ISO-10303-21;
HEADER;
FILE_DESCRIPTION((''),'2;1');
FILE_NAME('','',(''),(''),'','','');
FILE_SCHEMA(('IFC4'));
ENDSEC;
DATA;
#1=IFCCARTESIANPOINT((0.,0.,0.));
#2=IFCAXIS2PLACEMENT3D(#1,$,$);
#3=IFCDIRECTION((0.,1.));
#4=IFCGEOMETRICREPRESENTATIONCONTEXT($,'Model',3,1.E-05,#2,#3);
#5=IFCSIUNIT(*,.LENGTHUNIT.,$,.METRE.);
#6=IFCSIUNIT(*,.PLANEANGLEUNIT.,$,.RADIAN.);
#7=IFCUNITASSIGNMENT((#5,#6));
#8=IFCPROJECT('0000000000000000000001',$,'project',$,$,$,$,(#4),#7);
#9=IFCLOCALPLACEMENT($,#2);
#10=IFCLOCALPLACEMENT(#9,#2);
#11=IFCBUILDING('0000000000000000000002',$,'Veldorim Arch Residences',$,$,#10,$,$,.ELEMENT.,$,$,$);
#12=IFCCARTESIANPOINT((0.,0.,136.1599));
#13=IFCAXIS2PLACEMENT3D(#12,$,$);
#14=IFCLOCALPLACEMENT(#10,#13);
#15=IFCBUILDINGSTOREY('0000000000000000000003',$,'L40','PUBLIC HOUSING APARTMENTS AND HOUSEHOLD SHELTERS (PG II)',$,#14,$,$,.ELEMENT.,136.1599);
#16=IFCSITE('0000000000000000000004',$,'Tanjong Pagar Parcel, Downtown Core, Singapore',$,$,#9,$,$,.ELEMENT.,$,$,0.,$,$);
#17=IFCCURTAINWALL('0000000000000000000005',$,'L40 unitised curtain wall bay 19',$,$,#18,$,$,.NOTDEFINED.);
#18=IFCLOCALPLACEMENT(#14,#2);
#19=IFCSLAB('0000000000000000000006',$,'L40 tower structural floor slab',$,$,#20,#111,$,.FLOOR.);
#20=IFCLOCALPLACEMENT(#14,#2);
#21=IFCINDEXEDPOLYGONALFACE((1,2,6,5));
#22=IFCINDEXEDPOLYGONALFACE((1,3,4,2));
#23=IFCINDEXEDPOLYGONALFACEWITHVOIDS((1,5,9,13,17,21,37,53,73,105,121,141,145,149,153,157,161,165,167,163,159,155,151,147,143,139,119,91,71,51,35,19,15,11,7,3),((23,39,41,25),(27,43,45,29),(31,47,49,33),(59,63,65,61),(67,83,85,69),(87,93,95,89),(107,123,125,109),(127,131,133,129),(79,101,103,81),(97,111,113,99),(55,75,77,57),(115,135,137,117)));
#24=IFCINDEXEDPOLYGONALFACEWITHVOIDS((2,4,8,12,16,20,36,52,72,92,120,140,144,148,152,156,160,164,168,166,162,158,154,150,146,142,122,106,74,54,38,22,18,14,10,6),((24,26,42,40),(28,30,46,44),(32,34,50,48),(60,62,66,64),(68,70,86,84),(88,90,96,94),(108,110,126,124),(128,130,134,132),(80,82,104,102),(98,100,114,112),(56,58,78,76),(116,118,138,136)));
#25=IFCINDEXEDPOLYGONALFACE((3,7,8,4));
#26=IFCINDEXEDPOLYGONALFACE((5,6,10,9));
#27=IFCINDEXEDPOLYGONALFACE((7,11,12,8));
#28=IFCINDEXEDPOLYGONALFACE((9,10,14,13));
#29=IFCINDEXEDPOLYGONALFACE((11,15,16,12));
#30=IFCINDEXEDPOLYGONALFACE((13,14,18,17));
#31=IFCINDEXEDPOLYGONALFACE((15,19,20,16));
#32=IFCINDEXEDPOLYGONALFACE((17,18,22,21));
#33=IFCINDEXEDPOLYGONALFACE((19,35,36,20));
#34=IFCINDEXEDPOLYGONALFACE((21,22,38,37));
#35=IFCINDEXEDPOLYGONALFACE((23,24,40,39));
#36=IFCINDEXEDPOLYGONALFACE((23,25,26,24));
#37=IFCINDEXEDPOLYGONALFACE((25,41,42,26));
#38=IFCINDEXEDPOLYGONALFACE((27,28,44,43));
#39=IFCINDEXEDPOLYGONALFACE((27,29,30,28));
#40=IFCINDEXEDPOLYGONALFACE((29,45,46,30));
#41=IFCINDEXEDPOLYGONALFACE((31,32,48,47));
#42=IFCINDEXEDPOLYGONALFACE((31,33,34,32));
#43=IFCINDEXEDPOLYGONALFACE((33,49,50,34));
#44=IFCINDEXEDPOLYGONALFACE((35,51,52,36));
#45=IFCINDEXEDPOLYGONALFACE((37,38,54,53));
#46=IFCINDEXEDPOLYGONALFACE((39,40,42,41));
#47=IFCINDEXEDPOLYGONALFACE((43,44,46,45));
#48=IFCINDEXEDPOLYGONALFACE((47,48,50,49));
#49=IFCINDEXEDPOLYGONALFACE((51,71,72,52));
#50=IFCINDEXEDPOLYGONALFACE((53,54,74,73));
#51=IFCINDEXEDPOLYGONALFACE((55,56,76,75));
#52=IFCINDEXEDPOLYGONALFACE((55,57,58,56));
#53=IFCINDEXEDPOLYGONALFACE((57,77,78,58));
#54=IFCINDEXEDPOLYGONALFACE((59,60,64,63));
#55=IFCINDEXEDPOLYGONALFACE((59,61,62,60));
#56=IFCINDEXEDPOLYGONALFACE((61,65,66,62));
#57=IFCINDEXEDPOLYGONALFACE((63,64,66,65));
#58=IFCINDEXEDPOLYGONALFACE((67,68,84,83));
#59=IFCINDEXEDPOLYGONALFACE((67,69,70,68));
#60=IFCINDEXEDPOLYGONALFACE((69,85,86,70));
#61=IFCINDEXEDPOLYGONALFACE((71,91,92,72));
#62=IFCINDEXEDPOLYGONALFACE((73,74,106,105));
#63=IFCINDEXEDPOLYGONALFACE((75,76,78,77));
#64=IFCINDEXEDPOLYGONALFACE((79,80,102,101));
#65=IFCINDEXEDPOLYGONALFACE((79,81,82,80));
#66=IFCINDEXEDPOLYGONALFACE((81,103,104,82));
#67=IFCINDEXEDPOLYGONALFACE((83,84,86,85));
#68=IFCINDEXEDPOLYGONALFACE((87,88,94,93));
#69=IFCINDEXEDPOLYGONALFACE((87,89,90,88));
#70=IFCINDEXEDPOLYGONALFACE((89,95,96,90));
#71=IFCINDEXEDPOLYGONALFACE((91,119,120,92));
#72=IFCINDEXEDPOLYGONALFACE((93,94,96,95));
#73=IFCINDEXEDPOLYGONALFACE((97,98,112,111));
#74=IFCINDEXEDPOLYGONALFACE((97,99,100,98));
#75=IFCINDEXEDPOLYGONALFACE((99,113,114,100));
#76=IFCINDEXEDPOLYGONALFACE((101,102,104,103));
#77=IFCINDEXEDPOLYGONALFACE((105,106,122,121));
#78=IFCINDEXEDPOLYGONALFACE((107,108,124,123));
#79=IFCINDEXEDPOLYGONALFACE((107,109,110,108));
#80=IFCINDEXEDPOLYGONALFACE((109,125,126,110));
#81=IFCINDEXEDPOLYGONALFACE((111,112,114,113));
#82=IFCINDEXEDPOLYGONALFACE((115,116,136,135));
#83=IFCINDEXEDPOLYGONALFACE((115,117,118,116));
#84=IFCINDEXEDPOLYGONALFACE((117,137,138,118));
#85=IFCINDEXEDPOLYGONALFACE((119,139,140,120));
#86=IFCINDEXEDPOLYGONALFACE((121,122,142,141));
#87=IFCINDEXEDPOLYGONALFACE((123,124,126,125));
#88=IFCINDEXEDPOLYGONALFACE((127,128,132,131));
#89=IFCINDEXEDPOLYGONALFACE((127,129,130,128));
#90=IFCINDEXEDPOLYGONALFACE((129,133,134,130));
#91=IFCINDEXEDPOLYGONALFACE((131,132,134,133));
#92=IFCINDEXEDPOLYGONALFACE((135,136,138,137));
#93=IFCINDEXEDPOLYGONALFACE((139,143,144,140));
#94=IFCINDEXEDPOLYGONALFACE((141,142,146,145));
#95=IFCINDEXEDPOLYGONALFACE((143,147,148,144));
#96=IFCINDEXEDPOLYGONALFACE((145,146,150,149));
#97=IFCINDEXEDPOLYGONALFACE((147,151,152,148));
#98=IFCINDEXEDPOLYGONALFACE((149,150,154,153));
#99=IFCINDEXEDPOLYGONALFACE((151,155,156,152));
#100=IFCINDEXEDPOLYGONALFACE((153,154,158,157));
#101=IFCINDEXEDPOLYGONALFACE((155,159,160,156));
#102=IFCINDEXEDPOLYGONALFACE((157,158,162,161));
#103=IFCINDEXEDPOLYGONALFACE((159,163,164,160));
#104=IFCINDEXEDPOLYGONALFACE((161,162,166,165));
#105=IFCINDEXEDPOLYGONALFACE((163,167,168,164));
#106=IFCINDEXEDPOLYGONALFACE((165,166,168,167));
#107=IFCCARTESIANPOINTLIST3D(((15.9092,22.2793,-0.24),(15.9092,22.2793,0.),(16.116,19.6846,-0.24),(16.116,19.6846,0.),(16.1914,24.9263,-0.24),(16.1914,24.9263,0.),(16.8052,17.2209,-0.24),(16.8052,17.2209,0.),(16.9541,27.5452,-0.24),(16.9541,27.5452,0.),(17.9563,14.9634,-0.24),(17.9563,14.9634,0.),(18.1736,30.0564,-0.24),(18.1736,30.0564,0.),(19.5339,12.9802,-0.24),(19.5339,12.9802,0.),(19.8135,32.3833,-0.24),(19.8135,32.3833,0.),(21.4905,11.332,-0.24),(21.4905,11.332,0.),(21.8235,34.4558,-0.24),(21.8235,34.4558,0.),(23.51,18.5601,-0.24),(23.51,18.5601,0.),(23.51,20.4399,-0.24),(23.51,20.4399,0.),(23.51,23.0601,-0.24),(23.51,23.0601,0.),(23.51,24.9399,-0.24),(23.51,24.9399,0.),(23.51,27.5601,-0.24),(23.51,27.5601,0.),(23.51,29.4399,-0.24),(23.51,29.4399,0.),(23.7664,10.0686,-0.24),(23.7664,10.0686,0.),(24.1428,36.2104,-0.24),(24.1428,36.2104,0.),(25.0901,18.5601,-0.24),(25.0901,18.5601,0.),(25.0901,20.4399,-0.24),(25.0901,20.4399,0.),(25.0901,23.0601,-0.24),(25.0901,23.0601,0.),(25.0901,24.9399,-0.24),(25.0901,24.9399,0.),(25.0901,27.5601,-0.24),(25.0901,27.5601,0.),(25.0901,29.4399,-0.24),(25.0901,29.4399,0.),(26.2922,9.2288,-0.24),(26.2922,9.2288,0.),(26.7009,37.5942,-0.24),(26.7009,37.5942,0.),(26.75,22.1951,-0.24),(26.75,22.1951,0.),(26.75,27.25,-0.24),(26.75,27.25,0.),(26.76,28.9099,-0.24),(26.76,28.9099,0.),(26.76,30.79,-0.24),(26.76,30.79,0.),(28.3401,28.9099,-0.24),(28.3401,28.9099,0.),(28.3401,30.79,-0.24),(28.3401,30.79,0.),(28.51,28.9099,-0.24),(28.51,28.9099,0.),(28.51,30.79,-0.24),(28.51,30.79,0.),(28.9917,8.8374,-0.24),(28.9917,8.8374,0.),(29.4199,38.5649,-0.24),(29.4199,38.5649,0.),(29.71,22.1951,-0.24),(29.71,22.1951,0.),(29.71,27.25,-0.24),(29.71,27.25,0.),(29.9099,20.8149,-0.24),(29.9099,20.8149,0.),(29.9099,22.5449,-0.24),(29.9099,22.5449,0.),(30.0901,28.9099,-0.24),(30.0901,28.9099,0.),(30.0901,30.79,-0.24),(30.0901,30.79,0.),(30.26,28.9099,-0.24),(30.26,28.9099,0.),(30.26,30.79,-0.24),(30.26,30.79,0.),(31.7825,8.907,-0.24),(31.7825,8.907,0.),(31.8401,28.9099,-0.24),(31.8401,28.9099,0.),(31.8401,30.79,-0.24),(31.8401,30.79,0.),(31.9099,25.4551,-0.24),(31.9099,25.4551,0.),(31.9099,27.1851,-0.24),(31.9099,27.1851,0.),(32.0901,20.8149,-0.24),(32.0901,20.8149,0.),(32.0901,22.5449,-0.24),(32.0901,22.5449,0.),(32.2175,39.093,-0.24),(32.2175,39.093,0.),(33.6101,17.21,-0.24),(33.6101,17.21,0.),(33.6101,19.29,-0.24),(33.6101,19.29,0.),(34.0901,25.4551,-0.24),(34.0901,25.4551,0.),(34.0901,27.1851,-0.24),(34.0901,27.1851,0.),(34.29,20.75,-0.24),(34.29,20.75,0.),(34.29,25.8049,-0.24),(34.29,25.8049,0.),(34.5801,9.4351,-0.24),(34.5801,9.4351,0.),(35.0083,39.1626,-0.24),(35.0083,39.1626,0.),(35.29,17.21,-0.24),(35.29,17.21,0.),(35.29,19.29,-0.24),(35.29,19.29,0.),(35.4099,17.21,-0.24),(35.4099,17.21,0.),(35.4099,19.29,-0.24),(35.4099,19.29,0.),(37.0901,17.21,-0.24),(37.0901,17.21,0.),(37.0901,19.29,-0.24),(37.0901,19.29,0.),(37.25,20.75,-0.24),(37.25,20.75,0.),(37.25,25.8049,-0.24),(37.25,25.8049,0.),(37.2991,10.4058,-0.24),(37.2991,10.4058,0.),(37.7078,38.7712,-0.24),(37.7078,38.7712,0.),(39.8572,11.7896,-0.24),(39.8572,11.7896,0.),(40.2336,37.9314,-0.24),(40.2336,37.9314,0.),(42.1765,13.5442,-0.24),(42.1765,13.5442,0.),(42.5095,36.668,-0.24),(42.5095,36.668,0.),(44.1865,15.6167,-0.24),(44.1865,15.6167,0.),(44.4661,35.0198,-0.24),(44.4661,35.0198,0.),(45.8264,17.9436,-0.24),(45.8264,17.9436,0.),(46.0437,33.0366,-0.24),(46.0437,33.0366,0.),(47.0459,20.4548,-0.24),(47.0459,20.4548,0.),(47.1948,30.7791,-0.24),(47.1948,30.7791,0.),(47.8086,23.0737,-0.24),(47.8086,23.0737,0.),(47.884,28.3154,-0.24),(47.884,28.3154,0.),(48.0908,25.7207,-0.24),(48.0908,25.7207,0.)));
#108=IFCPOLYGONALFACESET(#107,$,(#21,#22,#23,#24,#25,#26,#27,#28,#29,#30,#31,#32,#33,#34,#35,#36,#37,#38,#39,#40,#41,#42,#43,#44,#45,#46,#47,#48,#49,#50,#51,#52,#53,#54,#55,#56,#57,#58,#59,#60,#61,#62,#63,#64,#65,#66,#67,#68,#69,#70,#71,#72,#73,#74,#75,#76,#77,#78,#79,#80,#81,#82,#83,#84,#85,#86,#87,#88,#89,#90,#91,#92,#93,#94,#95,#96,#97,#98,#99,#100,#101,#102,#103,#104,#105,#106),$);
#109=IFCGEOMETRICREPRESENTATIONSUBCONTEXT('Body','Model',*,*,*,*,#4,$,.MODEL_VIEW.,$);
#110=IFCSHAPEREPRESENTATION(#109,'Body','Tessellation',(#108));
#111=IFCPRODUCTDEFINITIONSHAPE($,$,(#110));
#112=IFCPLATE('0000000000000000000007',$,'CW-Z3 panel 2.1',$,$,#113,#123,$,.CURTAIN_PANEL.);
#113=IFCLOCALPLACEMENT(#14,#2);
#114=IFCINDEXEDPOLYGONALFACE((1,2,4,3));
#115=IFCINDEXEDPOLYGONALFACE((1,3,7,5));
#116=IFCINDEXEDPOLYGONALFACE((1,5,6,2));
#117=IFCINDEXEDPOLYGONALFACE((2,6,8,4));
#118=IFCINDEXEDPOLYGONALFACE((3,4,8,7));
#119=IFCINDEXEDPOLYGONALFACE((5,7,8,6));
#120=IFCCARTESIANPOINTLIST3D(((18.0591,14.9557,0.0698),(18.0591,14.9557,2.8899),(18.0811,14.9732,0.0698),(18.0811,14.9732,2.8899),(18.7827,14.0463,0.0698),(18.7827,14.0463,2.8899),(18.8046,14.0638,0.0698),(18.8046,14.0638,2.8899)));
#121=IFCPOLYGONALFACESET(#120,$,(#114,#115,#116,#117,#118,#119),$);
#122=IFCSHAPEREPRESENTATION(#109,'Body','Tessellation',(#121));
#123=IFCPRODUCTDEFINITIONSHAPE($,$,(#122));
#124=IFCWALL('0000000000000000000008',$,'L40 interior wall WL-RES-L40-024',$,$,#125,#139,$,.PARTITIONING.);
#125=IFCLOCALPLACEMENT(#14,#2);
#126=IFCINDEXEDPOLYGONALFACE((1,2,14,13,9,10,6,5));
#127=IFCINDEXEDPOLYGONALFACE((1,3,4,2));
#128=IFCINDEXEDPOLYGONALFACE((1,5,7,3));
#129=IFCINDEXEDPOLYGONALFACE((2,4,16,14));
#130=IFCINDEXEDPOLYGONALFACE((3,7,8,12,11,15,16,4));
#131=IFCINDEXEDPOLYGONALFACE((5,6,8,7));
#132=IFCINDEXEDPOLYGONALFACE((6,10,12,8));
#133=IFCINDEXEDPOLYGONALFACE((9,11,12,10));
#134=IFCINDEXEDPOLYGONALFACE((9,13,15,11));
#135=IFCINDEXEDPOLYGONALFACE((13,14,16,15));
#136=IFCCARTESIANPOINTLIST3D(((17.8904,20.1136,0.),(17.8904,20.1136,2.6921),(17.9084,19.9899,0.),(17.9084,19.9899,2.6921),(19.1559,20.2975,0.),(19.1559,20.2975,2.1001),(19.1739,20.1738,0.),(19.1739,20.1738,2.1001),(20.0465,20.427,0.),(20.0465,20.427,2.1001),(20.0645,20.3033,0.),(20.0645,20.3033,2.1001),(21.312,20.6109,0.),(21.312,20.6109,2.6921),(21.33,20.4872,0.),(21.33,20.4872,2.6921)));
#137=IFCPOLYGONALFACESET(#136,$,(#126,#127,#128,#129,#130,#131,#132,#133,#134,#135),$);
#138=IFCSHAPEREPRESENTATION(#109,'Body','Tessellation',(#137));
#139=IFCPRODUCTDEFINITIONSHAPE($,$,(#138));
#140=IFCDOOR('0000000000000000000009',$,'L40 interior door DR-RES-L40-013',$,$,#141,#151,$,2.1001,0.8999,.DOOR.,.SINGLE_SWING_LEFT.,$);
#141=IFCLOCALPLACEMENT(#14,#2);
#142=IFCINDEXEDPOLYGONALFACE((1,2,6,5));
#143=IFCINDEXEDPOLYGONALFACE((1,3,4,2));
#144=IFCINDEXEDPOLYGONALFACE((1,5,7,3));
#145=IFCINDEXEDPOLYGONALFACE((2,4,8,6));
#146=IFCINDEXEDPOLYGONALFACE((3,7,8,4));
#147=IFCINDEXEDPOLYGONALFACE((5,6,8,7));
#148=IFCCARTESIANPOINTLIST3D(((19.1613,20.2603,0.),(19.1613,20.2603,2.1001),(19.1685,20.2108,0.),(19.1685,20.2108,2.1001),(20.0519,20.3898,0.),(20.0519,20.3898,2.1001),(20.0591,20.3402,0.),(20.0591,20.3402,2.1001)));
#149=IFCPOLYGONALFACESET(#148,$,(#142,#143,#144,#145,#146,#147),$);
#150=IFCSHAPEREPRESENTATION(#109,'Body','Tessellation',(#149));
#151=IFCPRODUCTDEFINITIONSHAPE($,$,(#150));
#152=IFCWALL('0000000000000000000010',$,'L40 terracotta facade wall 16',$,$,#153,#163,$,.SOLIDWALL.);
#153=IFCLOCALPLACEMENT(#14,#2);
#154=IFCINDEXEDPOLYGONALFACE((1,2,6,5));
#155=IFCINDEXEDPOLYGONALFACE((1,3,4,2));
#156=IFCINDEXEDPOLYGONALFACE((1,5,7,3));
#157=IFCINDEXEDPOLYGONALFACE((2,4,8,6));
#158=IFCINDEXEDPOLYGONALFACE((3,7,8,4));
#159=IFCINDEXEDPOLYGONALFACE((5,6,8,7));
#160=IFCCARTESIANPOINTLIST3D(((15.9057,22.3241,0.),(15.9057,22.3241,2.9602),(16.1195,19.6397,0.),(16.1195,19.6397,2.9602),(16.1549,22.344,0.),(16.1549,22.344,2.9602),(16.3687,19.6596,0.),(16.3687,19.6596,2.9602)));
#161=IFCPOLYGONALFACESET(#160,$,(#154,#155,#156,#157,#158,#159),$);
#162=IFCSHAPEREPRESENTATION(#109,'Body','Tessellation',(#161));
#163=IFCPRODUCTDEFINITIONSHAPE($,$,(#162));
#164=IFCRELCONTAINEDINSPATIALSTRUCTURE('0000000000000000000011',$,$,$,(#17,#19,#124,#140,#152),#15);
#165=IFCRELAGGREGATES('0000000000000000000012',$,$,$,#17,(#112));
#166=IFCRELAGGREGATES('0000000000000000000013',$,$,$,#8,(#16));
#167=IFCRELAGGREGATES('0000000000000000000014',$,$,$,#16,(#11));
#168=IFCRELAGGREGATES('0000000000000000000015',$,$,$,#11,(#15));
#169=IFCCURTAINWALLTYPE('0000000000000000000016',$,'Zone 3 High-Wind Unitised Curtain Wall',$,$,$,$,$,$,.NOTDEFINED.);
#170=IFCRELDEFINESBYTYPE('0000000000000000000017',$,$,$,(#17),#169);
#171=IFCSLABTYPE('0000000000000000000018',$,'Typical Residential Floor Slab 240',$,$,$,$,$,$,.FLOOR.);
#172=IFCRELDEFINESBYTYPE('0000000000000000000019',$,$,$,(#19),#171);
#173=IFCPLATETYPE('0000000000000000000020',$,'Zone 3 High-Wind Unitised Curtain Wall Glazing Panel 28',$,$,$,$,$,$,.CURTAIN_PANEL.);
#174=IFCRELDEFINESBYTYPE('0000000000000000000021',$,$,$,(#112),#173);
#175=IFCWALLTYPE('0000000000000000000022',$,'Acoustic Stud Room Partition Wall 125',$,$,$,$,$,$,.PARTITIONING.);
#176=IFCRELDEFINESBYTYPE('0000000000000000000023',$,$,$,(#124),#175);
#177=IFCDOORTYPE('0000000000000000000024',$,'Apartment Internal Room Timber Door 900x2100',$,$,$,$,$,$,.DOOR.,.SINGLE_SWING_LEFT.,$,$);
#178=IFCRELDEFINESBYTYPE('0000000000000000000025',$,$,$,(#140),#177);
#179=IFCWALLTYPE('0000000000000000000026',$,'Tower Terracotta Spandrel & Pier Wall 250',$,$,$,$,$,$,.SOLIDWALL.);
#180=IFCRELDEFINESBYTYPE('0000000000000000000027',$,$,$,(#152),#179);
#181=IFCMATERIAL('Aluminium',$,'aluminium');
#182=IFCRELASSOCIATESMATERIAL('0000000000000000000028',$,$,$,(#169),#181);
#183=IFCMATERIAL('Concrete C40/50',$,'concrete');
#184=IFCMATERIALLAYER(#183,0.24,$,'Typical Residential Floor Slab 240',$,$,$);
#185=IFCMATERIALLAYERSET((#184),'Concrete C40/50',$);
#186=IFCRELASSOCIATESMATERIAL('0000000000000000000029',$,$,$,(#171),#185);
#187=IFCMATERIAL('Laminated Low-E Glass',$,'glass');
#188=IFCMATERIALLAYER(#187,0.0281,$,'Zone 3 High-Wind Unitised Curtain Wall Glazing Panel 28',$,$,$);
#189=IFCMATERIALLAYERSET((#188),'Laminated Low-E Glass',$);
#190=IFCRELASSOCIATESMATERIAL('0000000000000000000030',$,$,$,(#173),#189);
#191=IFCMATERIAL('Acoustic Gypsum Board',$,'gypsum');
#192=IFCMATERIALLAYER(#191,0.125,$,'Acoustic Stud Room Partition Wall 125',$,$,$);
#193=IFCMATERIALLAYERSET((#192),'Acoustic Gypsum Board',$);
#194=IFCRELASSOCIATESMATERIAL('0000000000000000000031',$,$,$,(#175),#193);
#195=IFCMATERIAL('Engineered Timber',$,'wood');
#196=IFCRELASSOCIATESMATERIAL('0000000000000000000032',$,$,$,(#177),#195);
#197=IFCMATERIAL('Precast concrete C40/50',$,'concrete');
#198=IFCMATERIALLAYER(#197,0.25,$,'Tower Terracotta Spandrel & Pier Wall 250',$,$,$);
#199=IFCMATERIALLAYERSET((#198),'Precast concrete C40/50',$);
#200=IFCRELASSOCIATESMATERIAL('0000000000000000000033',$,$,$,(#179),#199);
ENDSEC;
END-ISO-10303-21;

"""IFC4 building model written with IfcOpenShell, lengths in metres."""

from ifc_helpers import new_model, si_unit, direction, frame, frame_2d, origin, origin_2d, place, context, subcontext, project, spatial, polyline, rectangle, outline, extrude, material, layer, layer_set, type_object, element, fill, aggregate, save


model = new_model("IFC4")

# Units and contexts
model_context = context("Model", 3, precision=1e-05, world=origin(), true_north=direction((0.0, 1.0)))
body_context = subcontext(model_context, "Body", "Model", "MODEL_VIEW")
ifc_project = project(units=[si_unit("LENGTHUNIT", "METRE"), si_unit("PLANEANGLEUNIT", "RADIAN")], contexts=[model_context])

# Site, building, storey
site_placement = place(None, origin())
site = spatial("IfcSite", under=ifc_project, at=site_placement, Name="Tanjong Pagar Parcel, Downtown Core, Singapore", CompositionType="ELEMENT", RefElevation=0.0)
building_placement = place(site_placement, origin())
building = spatial("IfcBuilding", under=site, at=building_placement, Name="Veldorim Arch Residences", CompositionType="ELEMENT")
storey_placement = place(building_placement, frame((0.0, 0.0, 136.1599)))
storey = spatial("IfcBuildingStorey", under=building, at=storey_placement, Name="L40", Description="PUBLIC HOUSING APARTMENTS AND HOUSEHOLD SHELTERS (PG II)", CompositionType="ELEMENT", Elevation=136.1599)

# Curtain wall
ifc_material_1 = material(Name="Aluminium", Category="aluminium")
curtain_wall_type = type_object("IfcCurtainWallType", Name="Zone 3 High-Wind Unitised Curtain Wall", PredefinedType="NOTDEFINED", material=ifc_material_1)
curtain_wall_placement = place(storey_placement, origin())
curtain_wall = element("IfcCurtainWall", 1, at=curtain_wall_placement, inside=storey, type_object=curtain_wall_type, Name="L40 unitised curtain wall bay 19", PredefinedType="NOTDEFINED")

# Slab
ifc_material_2 = material(Name="Concrete C40/50", Category="concrete")
ifc_layer_1 = layer(ifc_material_2, 0.24, Name="Typical Residential Floor Slab 240")
ifc_layer_set_1 = layer_set([ifc_layer_1], Name="Concrete C40/50")
slab_type_1 = type_object("IfcSlabType", Name="Typical Residential Floor Slab 240", PredefinedType="FLOOR", material=ifc_layer_set_1)
slab_1_placement = place(storey_placement, frame((0.0, 0.0, -0.24)))
element("IfcSlab", 2, at=slab_1_placement, inside=storey, type_object=slab_type_1, Name="L40 tower structural floor slab", PredefinedType="FLOOR", context=body_context, shape_type="SweptSolid", body=[
    extrude(outline(polyline([(46.0437, 33.0366), (44.4661, 35.0198), (42.5095, 36.668), (40.2336, 37.9314), (37.7078, 38.7712), (35.0083, 39.1626), (32.2175, 39.093), (29.4199, 38.5649), (26.7009, 37.5942), (24.1428, 36.2104), (21.8235, 34.4558), (19.8135, 32.3833), (18.1736, 30.0564), (16.9541, 27.5452), (16.1914, 24.9263), (15.9092, 22.2793), (16.116, 19.6846), (16.8052, 17.2209), (17.9563, 14.9634), (19.5339, 12.9802), (21.4905, 11.332), (23.7664, 10.0686), (26.2922, 9.2288), (28.9917, 8.8374), (31.7825, 8.907), (34.5801, 9.4351), (37.2991, 10.4058), (39.8572, 11.7896), (42.1765, 13.5442), (44.1865, 15.6167), (45.8264, 17.9436), (47.0459, 20.4548), (47.8086, 23.0737), (48.0908, 25.7207), (47.884, 28.3154), (47.1948, 30.7791), (46.0437, 33.0366)]), holes=[polyline([(23.51, 18.5601), (23.51, 20.4399), (25.0901, 20.4399), (25.0901, 18.5601), (23.51, 18.5601)]), polyline([(23.51, 24.9399), (25.0901, 24.9399), (25.0901, 23.0601), (23.51, 23.0601), (23.51, 24.9399)]), polyline([(26.75, 27.25), (29.71, 27.25), (29.71, 22.1951), (26.75, 22.1951), (26.75, 27.25)]), polyline([(23.51, 27.5601), (23.51, 29.4399), (25.0901, 29.4399), (25.0901, 27.5601), (23.51, 27.5601)]), polyline([(26.76, 30.79), (28.3401, 30.79), (28.3401, 28.9099), (26.76, 28.9099), (26.76, 30.79)]), polyline([(28.51, 30.79), (30.0901, 30.79), (30.0901, 28.9099), (28.51, 28.9099), (28.51, 30.79)]), polyline([(33.6101, 17.21), (33.6101, 19.29), (35.29, 19.29), (35.29, 17.21), (33.6101, 17.21)]), polyline([(35.4099, 19.29), (37.0901, 19.29), (37.0901, 17.21), (35.4099, 17.21), (35.4099, 19.29)]), polyline([(29.9099, 22.5449), (32.0901, 22.5449), (32.0901, 20.8149), (29.9099, 20.8149), (29.9099, 22.5449)]), polyline([(34.29, 20.75), (34.29, 25.8049), (37.25, 25.8049), (37.25, 20.75), (34.29, 20.75)]), polyline([(31.9099, 27.1851), (34.0901, 27.1851), (34.0901, 25.4551), (31.9099, 25.4551), (31.9099, 27.1851)]), polyline([(30.26, 30.79), (31.8401, 30.79), (31.8401, 28.9099), (30.26, 28.9099), (30.26, 30.79)])]), origin(), (0.0, 0.0, 1.0), 0.24),
])

# Plate
ifc_material_3 = material(Name="Laminated Low-E Glass", Category="glass")
ifc_layer_2 = layer(ifc_material_3, 0.0281, Name="Zone 3 High-Wind Unitised Curtain Wall Glazing Panel 28")
ifc_layer_set_2 = layer_set([ifc_layer_2], Name="Laminated Low-E Glass")
plate_type = type_object("IfcPlateType", Name="Zone 3 High-Wind Unitised Curtain Wall Glazing Panel 28", PredefinedType="CURTAIN_PANEL", material=ifc_layer_set_2)
plate_placement = place(storey_placement, frame((18.4319, 14.5098, 0.0698), z_axis=(0.0, 0.0, 1.0), x_axis=(-0.62258, 0.782556, 0.0)))
plate = element("IfcPlate", 3, at=plate_placement, type_object=plate_type, Name="CW-Z3 panel 2.1", PredefinedType="CURTAIN_PANEL", context=body_context, shape_type="SweptSolid", body=[
    extrude(rectangle(XDim=1.1621, YDim=0.0281, at=origin_2d()), origin(), (0.0, 0.0, 1.0), 2.8201),
])
aggregate(curtain_wall, [plate])

# Wall, opening, door
ifc_material_4 = material(Name="Acoustic Gypsum Board", Category="gypsum")
ifc_layer_3 = layer(ifc_material_4, 0.125, Name="Acoustic Stud Room Partition Wall 125")
ifc_layer_set_3 = layer_set([ifc_layer_3], Name="Acoustic Gypsum Board")
wall_type_1 = type_object("IfcWallType", Name="Acoustic Stud Room Partition Wall 125", PredefinedType="PARTITIONING", material=ifc_layer_set_3)
wall_1_placement = place(storey_placement, frame((17.8994, 20.0518, 0.0), z_axis=(0.0, 0.0, 1.0), x_axis=(0.989602, 0.143833, 0.0)))
wall_1 = element("IfcWall", 4, at=wall_1_placement, inside=storey, type_object=wall_type_1, Name="L40 interior wall WL-RES-L40-024", PredefinedType="PARTITIONING", context=body_context, shape_type="SweptSolid", body=[
    extrude(rectangle(XDim=3.4575, YDim=0.125, at=frame_2d((1.7288, 0.0))), origin(), (0.0, 0.0, 1.0), 2.6921),
])
opening_placement = place(wall_1_placement, frame((1.2788, 0.0, 0.0)))
opening = element("IfcOpeningElement", 5, at=opening_placement, cuts=wall_1, PredefinedType="OPENING", context=body_context, shape_type="SweptSolid", body=[
    extrude(rectangle(XDim=0.8999, YDim=2.1001, at=frame_2d((0.45, 1.05))), frame((0.0, 0.0725, 0.0), z_axis=(0.0, -1.0, 0.0), x_axis=(1.0, 0.0, 0.0)), (0.0, 0.0, 1.0), 0.145),
])
ifc_material_5 = material(Name="Engineered Timber", Category="wood")
door_type = type_object("IfcDoorType", Name="Apartment Internal Room Timber Door 900x2100", OperationType="SINGLE_SWING_LEFT", PredefinedType="DOOR", material=ifc_material_5)
door_placement = place(opening_placement, origin())
door = element("IfcDoor", 6, at=door_placement, inside=storey, type_object=door_type, Name="L40 interior door DR-RES-L40-013", OperationType="SINGLE_SWING_LEFT", OverallHeight=2.1001, OverallWidth=0.8999, PredefinedType="DOOR", context=body_context, shape_type="SweptSolid", body=[
    extrude(rectangle(XDim=0.8999, YDim=2.1001, at=frame_2d((0.45, 1.05))), frame((0.0, 0.0249, 0.0), z_axis=(0.0, -1.0, 0.0), x_axis=(1.0, 0.0, 0.0)), (0.0, 0.0, 1.0), 0.05),
])
fill(opening, door)

# Wall
ifc_material_6 = material(Name="Precast concrete C40/50", Category="concrete")
ifc_layer_4 = layer(ifc_material_6, 0.25, Name="Tower Terracotta Spandrel & Pier Wall 250")
ifc_layer_set_4 = layer_set([ifc_layer_4], Name="Precast concrete C40/50")
wall_type_2 = type_object("IfcWallType", Name="Tower Terracotta Spandrel & Pier Wall 250", PredefinedType="SOLIDWALL", material=ifc_layer_set_4)
wall_2_placement = place(storey_placement, frame((16.2441, 19.6497, 0.0), z_axis=(0.0, 0.0, 1.0), x_axis=(-0.079421, 0.996841, 0.0)))
element("IfcWall", 7, at=wall_2_placement, inside=storey, type_object=wall_type_2, Name="L40 terracotta facade wall 16", PredefinedType="SOLIDWALL", context=body_context, shape_type="SweptSolid", body=[
    extrude(rectangle(XDim=2.6929, YDim=0.25, at=frame_2d((1.3464, 0.0))), origin(), (0.0, 0.0, 1.0), 2.9602),
])

save(model, "model.ifc")
